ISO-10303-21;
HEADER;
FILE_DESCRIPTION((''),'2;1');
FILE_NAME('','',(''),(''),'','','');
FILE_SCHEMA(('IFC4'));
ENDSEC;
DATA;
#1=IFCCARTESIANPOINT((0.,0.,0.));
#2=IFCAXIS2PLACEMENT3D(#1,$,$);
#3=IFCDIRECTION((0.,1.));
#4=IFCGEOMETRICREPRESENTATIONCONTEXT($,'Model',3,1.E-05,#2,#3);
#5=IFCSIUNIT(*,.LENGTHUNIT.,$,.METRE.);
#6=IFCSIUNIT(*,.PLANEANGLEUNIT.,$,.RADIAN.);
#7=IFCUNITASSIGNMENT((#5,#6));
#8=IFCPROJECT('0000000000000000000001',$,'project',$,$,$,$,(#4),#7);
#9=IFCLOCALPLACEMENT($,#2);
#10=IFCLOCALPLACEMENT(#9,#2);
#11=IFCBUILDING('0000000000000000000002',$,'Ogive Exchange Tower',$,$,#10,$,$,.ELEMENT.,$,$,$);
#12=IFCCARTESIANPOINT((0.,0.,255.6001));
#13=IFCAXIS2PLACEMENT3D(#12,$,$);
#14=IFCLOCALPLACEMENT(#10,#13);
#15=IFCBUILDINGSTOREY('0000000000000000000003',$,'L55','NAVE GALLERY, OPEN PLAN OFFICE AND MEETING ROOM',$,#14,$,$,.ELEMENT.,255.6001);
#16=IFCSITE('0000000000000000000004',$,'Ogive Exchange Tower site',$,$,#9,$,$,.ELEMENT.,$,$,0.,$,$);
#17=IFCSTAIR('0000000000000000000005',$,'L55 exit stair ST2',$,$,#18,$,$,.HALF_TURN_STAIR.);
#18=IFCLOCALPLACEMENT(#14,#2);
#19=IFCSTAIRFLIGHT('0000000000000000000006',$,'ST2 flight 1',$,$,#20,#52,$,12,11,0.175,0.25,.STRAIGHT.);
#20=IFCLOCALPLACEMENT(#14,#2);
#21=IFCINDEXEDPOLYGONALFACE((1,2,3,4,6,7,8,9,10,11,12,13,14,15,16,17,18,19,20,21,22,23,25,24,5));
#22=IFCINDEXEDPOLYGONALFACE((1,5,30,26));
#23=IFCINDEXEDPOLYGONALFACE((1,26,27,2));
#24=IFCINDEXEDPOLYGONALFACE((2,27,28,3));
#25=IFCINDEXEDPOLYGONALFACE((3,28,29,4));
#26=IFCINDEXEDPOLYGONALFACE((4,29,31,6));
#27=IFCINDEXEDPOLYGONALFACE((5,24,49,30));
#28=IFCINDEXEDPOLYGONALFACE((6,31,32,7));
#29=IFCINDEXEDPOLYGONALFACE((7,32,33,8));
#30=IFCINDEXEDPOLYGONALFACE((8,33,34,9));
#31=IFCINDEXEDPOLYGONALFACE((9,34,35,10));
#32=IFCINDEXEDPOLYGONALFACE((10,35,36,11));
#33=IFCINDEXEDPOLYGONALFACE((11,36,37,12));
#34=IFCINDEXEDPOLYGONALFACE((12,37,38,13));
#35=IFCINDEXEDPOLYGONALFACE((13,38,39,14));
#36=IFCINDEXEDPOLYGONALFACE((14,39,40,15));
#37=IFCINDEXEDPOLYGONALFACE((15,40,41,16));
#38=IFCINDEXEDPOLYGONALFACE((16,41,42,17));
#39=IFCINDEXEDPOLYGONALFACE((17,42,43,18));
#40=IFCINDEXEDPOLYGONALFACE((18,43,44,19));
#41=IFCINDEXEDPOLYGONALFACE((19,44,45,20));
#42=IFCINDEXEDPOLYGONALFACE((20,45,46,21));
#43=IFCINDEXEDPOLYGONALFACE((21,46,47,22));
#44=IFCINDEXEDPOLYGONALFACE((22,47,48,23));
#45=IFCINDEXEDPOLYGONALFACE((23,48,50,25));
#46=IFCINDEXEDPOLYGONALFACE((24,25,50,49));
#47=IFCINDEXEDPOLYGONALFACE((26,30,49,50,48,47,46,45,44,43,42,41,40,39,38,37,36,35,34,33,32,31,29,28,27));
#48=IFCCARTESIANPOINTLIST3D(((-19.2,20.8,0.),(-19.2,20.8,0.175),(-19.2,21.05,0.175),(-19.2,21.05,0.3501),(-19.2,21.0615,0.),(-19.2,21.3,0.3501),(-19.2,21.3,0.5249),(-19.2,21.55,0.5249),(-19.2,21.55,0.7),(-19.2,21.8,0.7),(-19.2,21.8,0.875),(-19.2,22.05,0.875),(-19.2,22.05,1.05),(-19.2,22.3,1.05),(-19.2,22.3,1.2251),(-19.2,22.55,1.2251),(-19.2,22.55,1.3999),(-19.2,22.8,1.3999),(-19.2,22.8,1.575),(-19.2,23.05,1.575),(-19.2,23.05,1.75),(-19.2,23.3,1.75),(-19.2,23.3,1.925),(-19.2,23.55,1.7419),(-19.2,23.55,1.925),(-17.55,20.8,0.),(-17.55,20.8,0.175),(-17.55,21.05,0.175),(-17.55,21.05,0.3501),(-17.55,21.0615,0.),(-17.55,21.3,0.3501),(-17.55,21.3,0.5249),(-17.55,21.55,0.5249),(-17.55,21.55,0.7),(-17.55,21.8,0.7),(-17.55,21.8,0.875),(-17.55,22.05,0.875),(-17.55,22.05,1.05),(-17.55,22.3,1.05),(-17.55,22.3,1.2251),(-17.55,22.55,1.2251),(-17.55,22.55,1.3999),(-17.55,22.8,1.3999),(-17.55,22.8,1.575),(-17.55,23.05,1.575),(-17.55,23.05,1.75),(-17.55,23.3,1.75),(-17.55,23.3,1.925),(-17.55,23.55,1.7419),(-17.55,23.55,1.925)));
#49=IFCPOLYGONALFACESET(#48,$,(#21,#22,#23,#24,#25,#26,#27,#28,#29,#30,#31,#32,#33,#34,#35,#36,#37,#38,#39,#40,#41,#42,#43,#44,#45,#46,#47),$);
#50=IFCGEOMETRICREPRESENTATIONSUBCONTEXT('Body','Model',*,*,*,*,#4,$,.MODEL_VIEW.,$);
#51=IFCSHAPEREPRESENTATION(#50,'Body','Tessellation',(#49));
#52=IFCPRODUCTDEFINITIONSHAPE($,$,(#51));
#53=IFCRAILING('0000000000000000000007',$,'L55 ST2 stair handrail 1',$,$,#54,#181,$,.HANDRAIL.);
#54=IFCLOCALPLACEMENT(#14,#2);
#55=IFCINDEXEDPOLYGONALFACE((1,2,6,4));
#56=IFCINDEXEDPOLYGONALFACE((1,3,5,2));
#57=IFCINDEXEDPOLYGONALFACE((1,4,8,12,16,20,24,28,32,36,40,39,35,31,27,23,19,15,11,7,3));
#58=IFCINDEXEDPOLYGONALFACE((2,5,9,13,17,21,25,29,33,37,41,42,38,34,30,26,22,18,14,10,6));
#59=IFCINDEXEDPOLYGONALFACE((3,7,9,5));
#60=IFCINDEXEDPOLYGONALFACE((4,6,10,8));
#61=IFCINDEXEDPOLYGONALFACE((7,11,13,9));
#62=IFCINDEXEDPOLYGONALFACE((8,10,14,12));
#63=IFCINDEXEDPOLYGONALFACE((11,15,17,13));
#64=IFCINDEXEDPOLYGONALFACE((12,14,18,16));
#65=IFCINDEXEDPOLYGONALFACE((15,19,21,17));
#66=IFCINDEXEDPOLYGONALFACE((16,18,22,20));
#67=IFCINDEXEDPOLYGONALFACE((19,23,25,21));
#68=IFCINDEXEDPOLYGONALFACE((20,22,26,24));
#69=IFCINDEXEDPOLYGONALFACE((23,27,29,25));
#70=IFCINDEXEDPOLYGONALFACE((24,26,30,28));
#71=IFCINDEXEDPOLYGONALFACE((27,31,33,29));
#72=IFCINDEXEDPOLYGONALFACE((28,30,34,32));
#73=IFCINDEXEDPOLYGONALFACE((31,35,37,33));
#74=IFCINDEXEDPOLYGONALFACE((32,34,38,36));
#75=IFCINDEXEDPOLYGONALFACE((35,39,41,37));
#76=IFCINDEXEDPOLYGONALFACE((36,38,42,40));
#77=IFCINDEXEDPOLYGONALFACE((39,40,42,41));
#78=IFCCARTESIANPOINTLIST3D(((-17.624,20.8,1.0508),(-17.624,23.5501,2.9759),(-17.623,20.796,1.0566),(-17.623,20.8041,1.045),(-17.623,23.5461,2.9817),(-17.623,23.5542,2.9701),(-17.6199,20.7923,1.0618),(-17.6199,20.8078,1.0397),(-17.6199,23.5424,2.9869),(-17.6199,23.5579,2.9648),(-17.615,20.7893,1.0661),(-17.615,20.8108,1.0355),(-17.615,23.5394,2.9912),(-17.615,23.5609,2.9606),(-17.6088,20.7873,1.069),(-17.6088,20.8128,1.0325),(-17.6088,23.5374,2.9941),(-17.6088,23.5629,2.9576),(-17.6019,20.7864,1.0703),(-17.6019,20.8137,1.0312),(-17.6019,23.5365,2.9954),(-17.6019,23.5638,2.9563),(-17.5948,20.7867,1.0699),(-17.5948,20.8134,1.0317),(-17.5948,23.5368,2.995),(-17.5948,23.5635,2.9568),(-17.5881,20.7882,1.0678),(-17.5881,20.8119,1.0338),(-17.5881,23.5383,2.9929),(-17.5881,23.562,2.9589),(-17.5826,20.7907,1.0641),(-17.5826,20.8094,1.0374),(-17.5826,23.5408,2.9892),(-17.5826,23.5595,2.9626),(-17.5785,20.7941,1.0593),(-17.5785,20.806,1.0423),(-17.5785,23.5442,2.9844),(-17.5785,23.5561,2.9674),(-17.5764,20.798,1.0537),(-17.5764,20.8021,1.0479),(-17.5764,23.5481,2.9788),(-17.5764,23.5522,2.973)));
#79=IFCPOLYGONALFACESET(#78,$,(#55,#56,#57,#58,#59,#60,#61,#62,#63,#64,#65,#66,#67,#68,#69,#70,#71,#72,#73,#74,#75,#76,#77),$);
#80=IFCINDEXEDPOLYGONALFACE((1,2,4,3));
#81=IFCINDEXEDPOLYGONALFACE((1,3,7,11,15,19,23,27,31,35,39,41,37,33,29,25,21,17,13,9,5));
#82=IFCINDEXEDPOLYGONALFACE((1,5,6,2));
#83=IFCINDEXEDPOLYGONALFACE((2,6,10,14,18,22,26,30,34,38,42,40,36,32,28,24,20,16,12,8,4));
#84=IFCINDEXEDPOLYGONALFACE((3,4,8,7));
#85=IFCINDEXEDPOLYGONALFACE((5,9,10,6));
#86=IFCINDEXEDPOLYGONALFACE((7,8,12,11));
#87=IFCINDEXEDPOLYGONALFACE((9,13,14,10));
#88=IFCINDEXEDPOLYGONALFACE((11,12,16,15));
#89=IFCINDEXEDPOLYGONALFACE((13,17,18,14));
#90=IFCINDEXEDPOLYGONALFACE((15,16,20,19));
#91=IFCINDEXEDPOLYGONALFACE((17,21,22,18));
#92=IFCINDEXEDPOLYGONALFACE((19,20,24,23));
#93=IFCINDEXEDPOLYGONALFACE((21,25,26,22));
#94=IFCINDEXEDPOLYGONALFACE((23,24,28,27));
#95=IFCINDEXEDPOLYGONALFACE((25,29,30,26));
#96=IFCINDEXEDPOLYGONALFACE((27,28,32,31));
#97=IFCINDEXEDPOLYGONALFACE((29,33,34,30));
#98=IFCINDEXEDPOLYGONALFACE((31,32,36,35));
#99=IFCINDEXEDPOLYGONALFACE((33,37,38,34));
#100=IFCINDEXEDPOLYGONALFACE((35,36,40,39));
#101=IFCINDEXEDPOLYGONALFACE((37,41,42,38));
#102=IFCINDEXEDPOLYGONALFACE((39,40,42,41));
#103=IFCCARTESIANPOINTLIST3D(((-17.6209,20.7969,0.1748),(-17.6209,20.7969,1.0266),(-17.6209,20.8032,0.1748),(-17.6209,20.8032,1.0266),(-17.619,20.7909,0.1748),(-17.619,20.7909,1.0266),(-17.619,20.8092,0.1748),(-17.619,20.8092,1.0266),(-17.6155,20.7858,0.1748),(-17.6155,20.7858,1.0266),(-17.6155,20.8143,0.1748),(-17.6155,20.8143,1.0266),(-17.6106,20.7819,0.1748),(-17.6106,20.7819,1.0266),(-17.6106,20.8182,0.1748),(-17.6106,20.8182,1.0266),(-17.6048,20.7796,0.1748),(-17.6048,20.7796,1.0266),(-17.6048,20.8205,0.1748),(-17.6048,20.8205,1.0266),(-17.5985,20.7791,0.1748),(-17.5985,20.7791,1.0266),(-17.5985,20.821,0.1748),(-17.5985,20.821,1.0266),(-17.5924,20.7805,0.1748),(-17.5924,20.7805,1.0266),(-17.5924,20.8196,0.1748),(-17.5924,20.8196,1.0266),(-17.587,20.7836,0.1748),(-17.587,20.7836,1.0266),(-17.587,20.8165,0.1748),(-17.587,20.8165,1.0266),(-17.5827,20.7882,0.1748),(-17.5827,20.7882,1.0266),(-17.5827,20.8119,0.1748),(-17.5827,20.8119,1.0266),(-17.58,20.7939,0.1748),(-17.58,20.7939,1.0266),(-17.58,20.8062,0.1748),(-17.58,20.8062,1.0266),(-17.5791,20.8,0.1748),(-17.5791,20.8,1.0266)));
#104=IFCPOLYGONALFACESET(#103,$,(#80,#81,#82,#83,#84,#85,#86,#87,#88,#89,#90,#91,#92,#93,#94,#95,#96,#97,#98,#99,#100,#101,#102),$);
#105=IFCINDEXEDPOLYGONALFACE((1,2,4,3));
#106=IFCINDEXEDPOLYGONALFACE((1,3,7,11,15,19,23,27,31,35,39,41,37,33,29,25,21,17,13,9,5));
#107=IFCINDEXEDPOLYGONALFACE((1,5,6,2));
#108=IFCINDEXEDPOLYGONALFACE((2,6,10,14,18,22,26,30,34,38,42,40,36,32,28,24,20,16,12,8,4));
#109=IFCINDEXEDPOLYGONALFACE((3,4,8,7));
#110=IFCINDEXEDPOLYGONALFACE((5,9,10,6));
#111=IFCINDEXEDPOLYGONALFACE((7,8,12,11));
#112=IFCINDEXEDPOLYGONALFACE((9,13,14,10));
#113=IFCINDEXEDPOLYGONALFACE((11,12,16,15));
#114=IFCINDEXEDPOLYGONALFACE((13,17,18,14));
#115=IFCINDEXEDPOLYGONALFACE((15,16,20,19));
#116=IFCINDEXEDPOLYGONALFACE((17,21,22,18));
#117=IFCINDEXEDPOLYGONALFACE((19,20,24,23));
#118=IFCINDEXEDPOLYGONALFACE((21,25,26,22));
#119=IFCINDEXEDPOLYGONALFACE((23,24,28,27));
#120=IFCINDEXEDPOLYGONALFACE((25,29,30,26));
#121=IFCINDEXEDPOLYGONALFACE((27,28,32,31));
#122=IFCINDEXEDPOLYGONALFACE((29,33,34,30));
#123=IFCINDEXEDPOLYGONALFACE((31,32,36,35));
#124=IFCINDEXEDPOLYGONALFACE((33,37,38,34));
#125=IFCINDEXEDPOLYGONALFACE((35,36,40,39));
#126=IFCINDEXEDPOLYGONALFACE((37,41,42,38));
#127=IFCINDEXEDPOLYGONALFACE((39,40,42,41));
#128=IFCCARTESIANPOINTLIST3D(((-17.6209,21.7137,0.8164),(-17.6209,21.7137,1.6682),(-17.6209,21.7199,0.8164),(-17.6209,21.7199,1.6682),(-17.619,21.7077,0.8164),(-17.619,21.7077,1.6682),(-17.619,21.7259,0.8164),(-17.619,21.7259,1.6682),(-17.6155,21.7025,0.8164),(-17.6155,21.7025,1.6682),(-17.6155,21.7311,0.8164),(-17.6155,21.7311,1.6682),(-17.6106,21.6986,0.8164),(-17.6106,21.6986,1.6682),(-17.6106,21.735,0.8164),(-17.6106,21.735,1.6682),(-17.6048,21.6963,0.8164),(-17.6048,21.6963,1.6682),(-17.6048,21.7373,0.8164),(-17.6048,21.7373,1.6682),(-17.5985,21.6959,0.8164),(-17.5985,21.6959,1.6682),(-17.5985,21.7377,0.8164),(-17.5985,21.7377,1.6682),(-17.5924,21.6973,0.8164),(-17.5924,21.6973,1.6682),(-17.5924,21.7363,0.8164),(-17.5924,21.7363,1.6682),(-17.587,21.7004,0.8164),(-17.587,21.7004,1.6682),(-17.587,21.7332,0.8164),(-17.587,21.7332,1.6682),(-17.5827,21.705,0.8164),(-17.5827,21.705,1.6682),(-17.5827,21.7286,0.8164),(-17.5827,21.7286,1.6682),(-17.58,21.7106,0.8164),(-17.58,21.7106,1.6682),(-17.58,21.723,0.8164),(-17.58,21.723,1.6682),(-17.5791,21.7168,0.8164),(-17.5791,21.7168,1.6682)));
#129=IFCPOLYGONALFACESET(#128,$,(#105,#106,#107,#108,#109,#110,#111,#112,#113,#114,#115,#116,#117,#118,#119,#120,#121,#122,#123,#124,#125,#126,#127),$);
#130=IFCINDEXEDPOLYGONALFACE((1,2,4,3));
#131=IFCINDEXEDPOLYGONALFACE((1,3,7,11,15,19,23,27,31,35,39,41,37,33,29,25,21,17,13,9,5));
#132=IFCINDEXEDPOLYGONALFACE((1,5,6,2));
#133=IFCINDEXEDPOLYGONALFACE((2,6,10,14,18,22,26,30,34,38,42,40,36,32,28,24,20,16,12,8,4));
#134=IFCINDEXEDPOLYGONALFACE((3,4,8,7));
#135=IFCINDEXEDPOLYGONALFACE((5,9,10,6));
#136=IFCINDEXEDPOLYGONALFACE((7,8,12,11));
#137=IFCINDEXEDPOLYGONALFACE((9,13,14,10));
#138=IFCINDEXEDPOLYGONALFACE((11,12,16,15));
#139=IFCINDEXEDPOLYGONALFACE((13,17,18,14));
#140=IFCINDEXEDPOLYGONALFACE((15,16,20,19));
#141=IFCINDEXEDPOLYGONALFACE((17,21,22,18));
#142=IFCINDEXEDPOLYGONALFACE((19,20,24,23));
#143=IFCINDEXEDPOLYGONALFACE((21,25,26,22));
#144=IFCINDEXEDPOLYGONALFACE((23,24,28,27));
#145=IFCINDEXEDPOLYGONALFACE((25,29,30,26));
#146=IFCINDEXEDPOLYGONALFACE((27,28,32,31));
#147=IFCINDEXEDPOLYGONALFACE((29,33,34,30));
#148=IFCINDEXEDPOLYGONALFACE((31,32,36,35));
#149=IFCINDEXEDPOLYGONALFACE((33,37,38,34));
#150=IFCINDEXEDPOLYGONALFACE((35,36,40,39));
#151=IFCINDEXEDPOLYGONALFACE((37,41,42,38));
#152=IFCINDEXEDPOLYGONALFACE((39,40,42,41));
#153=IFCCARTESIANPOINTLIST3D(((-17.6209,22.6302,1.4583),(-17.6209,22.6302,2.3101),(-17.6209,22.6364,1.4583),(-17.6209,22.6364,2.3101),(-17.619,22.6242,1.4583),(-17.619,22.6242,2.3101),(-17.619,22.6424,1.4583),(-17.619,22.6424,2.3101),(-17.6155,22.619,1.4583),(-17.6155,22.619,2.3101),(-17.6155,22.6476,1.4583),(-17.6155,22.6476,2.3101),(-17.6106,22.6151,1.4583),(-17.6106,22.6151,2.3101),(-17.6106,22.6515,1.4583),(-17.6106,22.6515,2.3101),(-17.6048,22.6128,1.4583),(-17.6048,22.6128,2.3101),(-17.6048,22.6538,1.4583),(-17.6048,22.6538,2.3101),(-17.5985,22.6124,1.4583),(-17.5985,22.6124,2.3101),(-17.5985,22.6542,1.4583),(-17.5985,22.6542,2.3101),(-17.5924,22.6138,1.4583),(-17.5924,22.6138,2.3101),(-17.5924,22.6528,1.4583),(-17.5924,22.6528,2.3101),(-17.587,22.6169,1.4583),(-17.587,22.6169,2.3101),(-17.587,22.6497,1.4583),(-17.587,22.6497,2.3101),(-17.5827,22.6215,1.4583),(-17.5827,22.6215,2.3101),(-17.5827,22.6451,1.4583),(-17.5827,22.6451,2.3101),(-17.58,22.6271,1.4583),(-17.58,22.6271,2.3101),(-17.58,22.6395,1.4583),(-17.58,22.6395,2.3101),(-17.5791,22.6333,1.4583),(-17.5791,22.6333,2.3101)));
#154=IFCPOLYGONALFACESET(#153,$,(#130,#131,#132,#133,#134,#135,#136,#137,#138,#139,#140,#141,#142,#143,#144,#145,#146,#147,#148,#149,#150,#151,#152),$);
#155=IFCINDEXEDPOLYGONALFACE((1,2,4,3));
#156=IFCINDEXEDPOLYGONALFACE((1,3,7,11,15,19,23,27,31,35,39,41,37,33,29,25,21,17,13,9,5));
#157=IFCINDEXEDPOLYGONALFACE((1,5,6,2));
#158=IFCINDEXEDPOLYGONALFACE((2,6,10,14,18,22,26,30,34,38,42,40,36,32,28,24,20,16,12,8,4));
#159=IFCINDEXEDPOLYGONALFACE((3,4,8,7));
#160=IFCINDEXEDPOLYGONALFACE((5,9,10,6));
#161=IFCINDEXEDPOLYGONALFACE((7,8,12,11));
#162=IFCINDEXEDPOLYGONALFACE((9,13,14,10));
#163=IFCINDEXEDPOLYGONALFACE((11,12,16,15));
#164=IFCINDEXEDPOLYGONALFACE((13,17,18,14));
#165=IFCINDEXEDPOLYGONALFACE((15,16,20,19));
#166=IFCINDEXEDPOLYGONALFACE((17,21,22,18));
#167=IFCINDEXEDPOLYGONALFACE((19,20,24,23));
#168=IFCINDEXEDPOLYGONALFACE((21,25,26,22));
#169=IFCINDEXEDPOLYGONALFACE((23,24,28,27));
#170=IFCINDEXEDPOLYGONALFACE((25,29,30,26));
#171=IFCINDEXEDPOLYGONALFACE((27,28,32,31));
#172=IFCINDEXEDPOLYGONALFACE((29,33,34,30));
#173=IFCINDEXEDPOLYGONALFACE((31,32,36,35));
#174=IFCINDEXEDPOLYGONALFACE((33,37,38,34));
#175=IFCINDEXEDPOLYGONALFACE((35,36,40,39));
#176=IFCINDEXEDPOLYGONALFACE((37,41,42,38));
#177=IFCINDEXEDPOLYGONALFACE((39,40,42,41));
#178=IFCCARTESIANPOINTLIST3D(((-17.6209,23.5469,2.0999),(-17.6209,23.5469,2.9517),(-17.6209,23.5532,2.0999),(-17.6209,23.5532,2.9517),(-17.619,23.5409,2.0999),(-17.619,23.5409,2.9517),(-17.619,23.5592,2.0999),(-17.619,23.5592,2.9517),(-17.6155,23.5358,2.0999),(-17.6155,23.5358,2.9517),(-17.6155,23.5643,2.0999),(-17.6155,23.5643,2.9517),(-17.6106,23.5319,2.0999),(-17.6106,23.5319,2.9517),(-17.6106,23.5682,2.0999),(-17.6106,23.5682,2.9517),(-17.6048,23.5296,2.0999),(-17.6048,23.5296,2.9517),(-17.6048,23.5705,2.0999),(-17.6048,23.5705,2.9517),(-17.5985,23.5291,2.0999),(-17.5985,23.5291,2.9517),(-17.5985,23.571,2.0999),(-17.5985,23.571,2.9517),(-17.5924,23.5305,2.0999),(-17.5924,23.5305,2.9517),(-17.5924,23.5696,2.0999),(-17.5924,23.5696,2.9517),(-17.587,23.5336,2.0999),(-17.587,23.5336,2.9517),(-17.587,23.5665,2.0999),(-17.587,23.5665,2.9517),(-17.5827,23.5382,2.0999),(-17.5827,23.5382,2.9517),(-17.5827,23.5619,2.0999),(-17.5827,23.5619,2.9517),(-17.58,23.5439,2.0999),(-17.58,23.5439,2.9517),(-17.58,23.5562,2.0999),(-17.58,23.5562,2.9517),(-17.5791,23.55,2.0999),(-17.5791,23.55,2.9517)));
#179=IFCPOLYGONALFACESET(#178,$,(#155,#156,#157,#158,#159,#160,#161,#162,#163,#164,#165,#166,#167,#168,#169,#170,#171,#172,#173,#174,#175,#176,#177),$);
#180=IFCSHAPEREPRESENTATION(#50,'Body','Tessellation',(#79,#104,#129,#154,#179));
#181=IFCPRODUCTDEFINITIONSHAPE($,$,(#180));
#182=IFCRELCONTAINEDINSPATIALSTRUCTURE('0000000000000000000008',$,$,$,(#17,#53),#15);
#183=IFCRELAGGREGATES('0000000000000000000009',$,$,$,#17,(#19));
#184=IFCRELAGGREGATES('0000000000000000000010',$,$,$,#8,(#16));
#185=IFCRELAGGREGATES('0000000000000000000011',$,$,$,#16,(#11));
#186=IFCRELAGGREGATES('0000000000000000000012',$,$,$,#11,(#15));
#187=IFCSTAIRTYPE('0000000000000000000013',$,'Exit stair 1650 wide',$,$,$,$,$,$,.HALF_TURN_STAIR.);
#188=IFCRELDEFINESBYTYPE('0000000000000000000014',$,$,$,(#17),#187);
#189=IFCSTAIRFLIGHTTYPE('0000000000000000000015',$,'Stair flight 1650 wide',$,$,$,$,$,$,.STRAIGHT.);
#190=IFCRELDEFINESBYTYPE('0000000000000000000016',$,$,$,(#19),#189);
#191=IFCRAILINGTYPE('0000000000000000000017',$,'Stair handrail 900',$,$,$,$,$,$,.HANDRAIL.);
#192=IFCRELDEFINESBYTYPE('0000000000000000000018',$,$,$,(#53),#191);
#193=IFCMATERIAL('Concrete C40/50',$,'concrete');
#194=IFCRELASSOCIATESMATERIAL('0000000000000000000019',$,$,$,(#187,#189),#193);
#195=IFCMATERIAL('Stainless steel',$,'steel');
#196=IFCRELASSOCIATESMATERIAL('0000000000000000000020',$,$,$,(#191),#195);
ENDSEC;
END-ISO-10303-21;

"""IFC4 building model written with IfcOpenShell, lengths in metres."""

from ifc_helpers import new_model, si_unit, direction, frame, origin, origin_2d, place, context, subcontext, project, spatial, polyline, circle, outline, extrude, material, type_object, element, aggregate, save


model = new_model("IFC4")

# Units and contexts
model_context = context("Model", 3, precision=1e-05, world=origin(), true_north=direction((0.0, 1.0)))
body_context = subcontext(model_context, "Body", "Model", "MODEL_VIEW")
ifc_project = project(units=[si_unit("LENGTHUNIT", "METRE"), si_unit("PLANEANGLEUNIT", "RADIAN")], contexts=[model_context])

# Site, building, storey
site_placement = place(None, origin())
site = spatial("IfcSite", under=ifc_project, at=site_placement, Name="Ogive Exchange Tower site", CompositionType="ELEMENT", RefElevation=0.0)
building_placement = place(site_placement, origin())
building = spatial("IfcBuilding", under=site, at=building_placement, Name="Ogive Exchange Tower", CompositionType="ELEMENT")
storey_placement = place(building_placement, frame((0.0, 0.0, 255.6001)))
storey = spatial("IfcBuildingStorey", under=building, at=storey_placement, Name="L55", Description="NAVE GALLERY, OPEN PLAN OFFICE AND MEETING ROOM", CompositionType="ELEMENT", Elevation=255.6001)

# Stair, stair flight
ifc_material_1 = material(Name="Concrete C40/50", Category="concrete")
stair_type = type_object("IfcStairType", Name="Exit stair 1650 wide", PredefinedType="HALF_TURN_STAIR", material=ifc_material_1)
stair_placement = place(storey_placement, origin())
stair = element("IfcStair", 1, at=stair_placement, inside=storey, type_object=stair_type, Name="L55 exit stair ST2", PredefinedType="HALF_TURN_STAIR")
stair_flight_type = type_object("IfcStairFlightType", Name="Stair flight 1650 wide", PredefinedType="STRAIGHT", material=ifc_material_1)
stair_flight_placement = place(storey_placement, frame((-18.375, 20.8, 0.0), z_axis=(0.0, 0.0, 1.0), x_axis=(0.0, 1.0, 0.0)))
stair_flight = element("IfcStairFlight", 2, at=stair_flight_placement, type_object=stair_flight_type, Name="ST2 flight 1", NumberOfRisers=12, NumberOfTreads=11, PredefinedType="STRAIGHT", RiserHeight=0.175, TreadLength=0.25, context=body_context, shape_type="SweptSolid", body=[
    extrude(outline(polyline([(0.0, 0.0), (0.0, 0.175), (0.25, 0.175), (0.25, 0.3501), (0.5, 0.3501), (0.5, 0.5249), (0.75, 0.5249), (0.75, 0.7), (1.0, 0.7), (1.0, 0.875), (1.25, 0.875), (1.25, 1.05), (1.5, 1.05), (1.5, 1.2251), (1.75, 1.2251), (1.75, 1.3999), (2.0, 1.3999), (2.0, 1.575), (2.25, 1.575), (2.25, 1.75), (2.5, 1.75), (2.5, 1.925), (2.75, 1.925), (2.75, 2.1001), (2.75, 1.7419), (0.2615, 0.0), (0.0, 0.0)])), frame((0.0, 0.825, 0.0), z_axis=(0.0, -1.0, 0.0), x_axis=(1.0, 0.0, 0.0)), (0.0, 0.0, 1.0), 1.6499),
])
aggregate(stair, [stair_flight])

# Railing
ifc_material_2 = material(Name="Stainless steel", Category="steel")
railing_type = type_object("IfcRailingType", Name="Stair handrail 900", PredefinedType="HANDRAIL", material=ifc_material_2)
railing_placement = place(storey_placement, frame((-17.6001, 20.8, 0.1748)))
element("IfcRailing", 3, at=railing_placement, inside=storey, type_object=railing_type, Name="L55 ST2 stair handrail 1", PredefinedType="HANDRAIL", context=body_context, shape_type="SweptSolid", body=[
    extrude(circle(Radius=0.0239, at=origin_2d()), frame((0.0, 0.0, 0.876), z_axis=(0.0, 0.819225, 0.573472), x_axis=(-1.0, 0.0, 0.0)), (0.0, 0.0, 1.0), 3.3569),
    extrude(circle(Radius=0.021, at=origin_2d()), origin(), (0.0, 0.0, 1.0), 0.8518),
    extrude(circle(Radius=0.021, at=origin_2d()), frame((0.0, 0.9167, 0.6416)), (0.0, 0.0, 1.0), 0.8518),
    extrude(circle(Radius=0.021, at=origin_2d()), frame((0.0, 1.8333, 1.2834)), (0.0, 0.0, 1.0), 0.8518),
    extrude(circle(Radius=0.021, at=origin_2d()), frame((0.0, 2.75, 1.925)), (0.0, 0.0, 1.0), 0.8518),
])

save(model, "model.ifc")
